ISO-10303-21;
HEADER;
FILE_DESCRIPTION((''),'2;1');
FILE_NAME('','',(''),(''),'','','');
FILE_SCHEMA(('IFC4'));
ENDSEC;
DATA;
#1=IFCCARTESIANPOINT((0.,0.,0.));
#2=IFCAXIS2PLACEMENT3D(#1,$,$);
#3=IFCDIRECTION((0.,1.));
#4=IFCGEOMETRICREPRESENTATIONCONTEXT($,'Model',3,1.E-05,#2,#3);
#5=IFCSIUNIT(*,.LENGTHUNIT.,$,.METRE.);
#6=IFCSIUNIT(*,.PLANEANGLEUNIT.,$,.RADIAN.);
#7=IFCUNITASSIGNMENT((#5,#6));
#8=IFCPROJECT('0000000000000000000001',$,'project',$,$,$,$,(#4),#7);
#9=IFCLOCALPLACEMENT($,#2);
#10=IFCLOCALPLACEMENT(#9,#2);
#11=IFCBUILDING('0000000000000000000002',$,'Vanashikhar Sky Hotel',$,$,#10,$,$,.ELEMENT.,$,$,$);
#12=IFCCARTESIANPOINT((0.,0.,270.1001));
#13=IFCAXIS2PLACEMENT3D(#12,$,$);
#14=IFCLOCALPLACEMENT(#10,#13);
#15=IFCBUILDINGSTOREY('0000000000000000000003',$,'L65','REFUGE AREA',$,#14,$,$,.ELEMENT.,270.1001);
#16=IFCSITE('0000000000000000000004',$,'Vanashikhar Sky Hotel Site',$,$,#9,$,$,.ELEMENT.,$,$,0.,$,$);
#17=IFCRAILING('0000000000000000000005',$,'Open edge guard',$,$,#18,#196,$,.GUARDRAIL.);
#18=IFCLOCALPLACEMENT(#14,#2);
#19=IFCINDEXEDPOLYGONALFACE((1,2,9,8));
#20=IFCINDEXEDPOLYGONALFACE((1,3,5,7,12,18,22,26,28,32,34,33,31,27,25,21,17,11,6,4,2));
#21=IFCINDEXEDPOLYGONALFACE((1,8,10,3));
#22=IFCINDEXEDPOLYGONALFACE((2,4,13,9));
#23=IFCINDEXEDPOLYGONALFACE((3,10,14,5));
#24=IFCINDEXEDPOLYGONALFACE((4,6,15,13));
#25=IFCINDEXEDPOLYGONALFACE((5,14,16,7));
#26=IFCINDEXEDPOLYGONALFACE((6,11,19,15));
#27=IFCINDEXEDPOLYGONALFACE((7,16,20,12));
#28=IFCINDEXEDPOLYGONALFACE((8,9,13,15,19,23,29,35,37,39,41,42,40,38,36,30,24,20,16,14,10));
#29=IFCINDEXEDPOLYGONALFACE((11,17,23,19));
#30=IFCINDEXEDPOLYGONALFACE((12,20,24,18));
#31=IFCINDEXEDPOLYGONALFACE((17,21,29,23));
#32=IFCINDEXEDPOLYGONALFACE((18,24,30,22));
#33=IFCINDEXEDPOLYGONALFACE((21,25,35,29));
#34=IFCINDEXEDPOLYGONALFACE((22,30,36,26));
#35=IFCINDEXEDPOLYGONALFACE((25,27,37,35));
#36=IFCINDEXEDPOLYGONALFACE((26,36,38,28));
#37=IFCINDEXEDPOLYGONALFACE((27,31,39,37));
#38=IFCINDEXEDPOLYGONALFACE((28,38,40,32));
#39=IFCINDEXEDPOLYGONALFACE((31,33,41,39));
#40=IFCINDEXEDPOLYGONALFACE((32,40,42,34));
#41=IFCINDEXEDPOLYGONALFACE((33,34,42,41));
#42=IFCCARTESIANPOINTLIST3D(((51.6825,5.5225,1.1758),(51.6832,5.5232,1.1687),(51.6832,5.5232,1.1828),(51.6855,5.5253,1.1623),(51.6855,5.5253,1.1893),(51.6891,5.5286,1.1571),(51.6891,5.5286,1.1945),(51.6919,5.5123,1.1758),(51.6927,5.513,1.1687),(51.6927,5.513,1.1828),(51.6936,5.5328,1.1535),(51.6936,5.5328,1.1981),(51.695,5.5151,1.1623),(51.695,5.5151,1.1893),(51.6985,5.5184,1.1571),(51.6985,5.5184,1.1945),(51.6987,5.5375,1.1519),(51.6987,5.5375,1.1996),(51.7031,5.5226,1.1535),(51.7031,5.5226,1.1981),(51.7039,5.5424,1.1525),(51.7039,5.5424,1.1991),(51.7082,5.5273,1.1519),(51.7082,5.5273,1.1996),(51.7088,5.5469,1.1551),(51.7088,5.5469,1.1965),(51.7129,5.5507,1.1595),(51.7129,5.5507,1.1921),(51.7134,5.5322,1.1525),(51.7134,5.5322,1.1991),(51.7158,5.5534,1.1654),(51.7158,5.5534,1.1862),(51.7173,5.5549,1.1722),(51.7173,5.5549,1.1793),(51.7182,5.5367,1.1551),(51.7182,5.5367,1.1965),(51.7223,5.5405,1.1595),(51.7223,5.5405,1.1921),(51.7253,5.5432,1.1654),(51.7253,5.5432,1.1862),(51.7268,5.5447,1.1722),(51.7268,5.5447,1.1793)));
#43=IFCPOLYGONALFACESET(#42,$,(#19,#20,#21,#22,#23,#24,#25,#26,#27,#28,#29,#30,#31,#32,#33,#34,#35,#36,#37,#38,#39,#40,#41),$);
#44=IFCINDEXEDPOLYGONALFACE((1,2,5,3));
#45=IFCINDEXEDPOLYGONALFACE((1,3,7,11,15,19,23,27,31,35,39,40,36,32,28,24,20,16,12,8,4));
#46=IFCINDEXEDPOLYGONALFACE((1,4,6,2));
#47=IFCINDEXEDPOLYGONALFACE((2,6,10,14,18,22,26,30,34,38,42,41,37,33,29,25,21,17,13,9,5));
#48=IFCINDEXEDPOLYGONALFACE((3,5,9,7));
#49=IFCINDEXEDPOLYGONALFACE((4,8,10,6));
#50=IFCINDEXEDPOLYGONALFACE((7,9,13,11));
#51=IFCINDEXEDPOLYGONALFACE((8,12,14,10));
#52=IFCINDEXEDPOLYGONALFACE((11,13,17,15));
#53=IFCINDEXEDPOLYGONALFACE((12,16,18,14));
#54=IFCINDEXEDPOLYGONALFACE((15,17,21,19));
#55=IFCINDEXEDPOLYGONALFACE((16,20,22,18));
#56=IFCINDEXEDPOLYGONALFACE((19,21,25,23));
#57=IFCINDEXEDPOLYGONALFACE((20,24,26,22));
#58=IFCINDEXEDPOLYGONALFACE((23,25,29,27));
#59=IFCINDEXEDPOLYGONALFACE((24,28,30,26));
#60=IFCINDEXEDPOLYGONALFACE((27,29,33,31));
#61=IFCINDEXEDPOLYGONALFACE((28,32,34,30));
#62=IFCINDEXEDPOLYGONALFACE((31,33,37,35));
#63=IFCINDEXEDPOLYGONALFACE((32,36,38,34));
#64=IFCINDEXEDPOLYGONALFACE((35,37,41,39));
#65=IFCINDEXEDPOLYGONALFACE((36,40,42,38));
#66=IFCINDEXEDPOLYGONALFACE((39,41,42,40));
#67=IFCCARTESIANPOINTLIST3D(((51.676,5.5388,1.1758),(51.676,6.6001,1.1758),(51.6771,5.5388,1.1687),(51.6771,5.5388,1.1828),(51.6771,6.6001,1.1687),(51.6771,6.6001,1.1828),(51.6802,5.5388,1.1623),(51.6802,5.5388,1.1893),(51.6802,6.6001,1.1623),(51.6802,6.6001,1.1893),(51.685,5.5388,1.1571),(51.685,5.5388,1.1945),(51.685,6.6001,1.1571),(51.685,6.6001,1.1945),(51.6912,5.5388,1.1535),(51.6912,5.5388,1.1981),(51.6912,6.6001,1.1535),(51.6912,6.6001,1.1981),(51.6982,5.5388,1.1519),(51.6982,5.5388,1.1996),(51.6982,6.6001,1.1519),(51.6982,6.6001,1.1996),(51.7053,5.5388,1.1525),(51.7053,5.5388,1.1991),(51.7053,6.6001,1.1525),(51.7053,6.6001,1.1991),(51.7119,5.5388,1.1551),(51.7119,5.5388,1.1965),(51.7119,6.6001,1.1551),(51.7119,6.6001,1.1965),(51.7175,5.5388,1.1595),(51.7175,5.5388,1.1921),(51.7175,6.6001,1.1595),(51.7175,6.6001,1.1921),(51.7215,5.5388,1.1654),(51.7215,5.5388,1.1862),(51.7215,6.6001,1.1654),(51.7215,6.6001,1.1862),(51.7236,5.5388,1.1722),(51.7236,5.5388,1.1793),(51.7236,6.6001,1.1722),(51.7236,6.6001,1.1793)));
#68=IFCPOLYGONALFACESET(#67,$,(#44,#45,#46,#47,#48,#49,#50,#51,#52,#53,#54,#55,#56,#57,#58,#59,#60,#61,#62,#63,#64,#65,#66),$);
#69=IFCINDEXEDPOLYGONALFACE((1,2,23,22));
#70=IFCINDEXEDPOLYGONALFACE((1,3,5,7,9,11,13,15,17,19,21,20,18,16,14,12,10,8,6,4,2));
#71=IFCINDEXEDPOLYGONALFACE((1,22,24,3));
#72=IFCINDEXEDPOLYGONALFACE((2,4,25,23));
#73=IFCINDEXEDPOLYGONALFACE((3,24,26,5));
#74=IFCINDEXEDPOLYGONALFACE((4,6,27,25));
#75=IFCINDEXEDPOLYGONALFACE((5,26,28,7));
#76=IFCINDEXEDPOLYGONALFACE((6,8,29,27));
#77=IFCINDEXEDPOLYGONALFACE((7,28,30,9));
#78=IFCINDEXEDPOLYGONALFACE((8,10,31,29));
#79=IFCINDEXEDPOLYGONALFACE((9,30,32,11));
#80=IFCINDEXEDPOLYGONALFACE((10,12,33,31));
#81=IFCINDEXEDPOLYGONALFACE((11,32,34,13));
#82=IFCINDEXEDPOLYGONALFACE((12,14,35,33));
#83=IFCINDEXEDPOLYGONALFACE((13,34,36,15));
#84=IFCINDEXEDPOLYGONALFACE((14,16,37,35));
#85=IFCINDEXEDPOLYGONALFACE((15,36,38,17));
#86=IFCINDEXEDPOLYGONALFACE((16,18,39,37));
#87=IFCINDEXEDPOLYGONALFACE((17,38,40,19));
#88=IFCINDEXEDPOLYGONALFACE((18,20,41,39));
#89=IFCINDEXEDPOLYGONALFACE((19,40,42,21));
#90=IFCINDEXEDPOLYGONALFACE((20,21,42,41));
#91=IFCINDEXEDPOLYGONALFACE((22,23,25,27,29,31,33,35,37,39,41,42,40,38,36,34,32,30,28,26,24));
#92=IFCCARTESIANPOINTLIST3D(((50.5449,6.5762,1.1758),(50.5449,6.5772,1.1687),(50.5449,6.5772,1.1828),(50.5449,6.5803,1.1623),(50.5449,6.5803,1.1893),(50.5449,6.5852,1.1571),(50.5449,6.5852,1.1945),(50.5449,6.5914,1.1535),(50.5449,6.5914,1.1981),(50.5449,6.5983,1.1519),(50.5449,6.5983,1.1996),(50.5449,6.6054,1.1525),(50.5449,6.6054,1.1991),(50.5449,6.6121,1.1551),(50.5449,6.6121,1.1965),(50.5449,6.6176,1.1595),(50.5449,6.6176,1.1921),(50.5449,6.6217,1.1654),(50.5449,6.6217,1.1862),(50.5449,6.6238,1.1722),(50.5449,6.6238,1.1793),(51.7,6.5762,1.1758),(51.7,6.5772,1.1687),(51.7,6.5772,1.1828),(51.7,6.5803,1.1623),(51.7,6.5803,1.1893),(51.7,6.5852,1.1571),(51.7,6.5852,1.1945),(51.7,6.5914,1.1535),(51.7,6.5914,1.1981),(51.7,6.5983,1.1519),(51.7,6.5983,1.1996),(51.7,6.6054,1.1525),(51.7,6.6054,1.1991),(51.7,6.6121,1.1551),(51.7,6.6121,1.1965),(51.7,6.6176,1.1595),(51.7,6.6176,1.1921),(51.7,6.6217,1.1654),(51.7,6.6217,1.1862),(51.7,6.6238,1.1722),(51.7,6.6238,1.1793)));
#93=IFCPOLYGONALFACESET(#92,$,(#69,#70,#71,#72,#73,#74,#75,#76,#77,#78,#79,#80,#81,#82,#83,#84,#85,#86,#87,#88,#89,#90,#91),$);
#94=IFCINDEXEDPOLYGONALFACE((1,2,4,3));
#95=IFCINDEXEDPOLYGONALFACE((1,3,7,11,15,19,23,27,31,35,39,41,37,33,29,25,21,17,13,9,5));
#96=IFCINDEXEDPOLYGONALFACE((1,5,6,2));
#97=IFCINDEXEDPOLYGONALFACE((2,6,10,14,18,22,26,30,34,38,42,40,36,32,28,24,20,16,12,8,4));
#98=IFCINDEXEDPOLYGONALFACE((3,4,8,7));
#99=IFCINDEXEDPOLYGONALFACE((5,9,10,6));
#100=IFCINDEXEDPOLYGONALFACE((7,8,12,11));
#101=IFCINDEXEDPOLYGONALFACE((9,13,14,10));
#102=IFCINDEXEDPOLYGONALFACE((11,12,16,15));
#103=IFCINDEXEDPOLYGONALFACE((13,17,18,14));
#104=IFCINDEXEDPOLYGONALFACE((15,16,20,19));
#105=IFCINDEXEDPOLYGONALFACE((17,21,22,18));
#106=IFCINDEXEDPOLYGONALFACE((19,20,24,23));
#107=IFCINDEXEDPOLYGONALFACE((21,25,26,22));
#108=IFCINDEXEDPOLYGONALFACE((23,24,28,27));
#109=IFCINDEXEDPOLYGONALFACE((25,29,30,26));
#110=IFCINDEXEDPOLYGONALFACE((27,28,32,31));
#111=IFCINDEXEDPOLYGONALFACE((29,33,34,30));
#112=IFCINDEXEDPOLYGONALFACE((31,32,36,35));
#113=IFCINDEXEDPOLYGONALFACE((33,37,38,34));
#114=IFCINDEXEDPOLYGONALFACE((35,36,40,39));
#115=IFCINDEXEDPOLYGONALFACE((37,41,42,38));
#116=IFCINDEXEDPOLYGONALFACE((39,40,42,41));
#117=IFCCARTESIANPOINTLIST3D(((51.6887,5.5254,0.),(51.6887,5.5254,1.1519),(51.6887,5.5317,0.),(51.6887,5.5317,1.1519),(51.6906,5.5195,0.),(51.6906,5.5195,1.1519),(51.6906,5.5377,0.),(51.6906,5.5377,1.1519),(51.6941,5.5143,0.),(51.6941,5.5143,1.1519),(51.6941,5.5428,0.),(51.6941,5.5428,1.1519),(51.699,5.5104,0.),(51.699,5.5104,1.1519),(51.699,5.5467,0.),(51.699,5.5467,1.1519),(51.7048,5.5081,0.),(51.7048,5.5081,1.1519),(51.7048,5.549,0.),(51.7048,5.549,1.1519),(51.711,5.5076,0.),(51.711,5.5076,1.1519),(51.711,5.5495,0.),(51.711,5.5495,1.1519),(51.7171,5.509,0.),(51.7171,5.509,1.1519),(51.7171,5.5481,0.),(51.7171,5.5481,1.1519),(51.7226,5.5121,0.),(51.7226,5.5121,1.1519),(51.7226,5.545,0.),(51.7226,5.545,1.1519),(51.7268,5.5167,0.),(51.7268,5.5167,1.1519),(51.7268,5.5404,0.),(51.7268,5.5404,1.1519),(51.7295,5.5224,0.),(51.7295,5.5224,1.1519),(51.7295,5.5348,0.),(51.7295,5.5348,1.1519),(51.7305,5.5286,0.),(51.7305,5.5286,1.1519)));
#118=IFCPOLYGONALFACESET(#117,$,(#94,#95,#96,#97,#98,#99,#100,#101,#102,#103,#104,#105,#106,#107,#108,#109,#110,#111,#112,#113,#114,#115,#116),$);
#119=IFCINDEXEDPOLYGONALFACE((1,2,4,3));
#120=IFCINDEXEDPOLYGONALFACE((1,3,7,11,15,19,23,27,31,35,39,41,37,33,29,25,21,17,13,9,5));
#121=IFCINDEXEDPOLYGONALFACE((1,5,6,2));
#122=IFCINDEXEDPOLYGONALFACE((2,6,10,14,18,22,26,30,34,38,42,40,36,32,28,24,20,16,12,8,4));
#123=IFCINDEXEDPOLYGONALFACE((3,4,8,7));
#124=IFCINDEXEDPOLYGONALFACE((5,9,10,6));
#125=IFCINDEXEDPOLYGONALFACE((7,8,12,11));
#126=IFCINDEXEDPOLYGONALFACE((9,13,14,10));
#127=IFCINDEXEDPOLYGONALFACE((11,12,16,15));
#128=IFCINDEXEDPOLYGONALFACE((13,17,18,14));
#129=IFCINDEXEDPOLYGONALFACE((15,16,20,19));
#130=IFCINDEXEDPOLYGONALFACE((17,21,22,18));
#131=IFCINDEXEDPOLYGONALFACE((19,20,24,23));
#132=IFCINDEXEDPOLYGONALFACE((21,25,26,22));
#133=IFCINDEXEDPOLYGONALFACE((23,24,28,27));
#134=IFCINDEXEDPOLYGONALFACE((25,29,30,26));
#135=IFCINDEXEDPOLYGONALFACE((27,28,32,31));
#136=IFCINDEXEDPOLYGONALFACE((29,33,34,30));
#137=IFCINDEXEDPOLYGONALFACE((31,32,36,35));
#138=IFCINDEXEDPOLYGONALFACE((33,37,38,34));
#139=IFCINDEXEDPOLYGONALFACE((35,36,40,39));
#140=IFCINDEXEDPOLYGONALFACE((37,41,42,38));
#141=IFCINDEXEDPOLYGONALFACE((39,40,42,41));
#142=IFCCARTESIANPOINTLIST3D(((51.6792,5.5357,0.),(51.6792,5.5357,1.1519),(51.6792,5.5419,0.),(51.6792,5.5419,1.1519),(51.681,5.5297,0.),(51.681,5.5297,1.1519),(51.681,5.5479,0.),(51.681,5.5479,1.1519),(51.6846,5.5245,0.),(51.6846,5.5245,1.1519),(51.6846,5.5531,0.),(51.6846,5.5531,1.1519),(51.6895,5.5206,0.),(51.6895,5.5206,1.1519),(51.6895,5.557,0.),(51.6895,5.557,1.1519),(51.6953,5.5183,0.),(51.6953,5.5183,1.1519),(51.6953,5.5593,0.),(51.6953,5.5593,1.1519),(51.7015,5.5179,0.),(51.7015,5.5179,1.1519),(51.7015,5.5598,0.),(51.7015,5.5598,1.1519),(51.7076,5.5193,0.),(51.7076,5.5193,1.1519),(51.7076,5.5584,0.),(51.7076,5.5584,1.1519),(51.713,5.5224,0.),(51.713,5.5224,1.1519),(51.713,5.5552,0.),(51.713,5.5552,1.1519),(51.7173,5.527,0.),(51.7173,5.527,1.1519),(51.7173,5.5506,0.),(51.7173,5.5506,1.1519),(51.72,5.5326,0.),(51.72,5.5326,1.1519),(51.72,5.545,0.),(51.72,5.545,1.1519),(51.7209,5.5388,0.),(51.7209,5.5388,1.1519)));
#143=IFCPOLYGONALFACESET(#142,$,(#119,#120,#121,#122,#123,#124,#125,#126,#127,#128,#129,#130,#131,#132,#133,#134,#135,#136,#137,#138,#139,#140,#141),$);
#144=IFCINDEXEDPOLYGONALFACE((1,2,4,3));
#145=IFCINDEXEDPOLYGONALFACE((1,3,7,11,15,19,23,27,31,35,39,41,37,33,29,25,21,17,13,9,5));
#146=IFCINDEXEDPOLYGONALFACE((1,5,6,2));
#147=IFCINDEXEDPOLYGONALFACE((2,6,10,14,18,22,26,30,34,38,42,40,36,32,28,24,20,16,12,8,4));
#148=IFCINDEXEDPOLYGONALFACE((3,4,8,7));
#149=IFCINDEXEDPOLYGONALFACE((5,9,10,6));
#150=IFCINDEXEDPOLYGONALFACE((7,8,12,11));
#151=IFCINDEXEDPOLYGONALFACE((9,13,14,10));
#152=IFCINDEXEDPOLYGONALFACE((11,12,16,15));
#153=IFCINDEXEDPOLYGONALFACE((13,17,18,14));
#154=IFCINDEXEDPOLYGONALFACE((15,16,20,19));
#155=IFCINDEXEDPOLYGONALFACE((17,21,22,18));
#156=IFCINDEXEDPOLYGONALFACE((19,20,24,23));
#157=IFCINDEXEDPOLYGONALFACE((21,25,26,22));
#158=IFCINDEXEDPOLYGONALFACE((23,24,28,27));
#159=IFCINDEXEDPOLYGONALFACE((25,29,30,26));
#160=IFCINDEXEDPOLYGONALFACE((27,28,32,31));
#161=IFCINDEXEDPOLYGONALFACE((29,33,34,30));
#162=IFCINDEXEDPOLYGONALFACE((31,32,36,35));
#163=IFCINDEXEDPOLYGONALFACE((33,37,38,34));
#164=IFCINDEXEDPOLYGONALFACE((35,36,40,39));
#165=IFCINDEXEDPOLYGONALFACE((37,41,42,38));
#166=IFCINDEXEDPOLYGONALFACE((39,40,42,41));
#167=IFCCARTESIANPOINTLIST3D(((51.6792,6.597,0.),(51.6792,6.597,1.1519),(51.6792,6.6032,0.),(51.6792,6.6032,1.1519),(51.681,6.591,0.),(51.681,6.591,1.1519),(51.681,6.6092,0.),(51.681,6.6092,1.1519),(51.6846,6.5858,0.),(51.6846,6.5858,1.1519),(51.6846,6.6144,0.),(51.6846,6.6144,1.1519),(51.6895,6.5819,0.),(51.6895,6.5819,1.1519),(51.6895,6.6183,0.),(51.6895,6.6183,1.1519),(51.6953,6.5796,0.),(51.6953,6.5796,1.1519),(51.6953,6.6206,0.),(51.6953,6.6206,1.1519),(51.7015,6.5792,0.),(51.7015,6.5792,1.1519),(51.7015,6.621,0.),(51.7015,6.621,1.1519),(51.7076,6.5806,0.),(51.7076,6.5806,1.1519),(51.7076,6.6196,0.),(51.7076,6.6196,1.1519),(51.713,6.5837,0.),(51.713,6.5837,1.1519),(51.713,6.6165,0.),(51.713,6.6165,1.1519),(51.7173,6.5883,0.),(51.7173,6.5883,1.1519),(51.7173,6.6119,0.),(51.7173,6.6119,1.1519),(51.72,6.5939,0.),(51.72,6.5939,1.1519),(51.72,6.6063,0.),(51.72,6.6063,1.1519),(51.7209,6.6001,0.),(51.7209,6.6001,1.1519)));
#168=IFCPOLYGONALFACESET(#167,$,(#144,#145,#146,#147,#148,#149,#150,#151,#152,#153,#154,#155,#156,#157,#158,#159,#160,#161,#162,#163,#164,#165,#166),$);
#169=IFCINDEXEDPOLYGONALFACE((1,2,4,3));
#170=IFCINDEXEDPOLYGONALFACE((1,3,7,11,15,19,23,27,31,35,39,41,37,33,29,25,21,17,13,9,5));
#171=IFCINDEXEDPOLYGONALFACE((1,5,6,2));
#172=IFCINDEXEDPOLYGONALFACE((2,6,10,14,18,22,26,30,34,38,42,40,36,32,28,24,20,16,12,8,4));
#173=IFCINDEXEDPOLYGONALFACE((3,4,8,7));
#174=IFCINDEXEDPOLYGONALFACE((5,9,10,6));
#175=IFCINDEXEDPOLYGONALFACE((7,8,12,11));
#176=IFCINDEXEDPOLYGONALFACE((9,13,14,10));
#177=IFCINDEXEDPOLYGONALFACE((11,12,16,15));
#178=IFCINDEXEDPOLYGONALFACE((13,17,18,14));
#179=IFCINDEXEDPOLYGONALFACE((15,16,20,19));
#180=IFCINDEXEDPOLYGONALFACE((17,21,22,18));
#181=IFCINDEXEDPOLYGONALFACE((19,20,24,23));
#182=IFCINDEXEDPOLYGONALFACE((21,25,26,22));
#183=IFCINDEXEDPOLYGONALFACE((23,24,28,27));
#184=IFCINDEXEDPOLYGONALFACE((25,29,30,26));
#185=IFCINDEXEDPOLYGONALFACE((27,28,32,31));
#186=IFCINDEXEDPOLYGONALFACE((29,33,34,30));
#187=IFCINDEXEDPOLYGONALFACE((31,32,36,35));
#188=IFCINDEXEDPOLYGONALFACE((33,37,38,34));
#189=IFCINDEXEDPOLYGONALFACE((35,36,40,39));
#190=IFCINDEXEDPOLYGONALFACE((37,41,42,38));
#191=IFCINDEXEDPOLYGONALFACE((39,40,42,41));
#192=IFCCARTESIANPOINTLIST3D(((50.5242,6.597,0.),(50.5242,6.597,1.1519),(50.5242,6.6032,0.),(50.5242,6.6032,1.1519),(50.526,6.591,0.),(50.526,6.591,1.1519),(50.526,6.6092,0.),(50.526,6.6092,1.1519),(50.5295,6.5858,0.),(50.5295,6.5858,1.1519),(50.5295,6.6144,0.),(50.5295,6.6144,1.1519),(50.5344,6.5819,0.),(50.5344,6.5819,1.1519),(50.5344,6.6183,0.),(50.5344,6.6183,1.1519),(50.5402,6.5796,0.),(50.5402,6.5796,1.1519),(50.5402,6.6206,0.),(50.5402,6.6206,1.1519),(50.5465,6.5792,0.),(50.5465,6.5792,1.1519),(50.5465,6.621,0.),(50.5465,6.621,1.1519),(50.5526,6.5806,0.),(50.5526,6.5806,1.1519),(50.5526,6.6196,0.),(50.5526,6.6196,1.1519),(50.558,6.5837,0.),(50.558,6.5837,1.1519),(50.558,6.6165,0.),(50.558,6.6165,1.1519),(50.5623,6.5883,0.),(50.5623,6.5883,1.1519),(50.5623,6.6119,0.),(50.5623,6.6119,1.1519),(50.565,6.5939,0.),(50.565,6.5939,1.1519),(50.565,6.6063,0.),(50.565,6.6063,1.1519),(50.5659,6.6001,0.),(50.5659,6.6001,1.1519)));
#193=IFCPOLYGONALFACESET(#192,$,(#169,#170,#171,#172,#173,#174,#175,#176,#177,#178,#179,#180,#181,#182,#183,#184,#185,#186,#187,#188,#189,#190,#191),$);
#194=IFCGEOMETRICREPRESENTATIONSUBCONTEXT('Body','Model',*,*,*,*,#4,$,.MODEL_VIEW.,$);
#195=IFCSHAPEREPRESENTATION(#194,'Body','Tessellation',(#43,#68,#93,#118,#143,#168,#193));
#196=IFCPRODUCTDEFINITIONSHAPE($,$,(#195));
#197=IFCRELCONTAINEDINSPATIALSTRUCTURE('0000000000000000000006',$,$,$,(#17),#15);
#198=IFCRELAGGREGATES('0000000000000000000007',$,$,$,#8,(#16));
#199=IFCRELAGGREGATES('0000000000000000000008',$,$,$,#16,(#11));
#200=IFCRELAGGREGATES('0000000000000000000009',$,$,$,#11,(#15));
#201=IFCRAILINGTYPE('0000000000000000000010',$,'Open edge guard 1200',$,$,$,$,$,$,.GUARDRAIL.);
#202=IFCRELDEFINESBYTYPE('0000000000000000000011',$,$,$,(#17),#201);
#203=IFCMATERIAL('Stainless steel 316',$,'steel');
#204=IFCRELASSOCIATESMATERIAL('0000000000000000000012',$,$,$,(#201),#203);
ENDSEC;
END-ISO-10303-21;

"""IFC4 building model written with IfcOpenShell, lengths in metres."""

from ifc_helpers import new_model, si_unit, direction, frame, origin, origin_2d, place, context, subcontext, project, spatial, circle, extrude, source, transform, mapped, material, type_object, element, save


model = new_model("IFC4")

# Units and contexts
model_context = context("Model", 3, precision=1e-05, world=origin(), true_north=direction((0.0, 1.0)))
body_context = subcontext(model_context, "Body", "Model", "MODEL_VIEW")
ifc_project = project(units=[si_unit("LENGTHUNIT", "METRE"), si_unit("PLANEANGLEUNIT", "RADIAN")], contexts=[model_context])

# Site, building, storey
site_placement = place(None, origin())
site = spatial("IfcSite", under=ifc_project, at=site_placement, Name="Vanashikhar Sky Hotel Site", CompositionType="ELEMENT", RefElevation=0.0)
building_placement = place(site_placement, origin())
building = spatial("IfcBuilding", under=site, at=building_placement, Name="Vanashikhar Sky Hotel", CompositionType="ELEMENT")
storey_placement = place(building_placement, frame((0.0, 0.0, 270.1001)))
storey = spatial("IfcBuildingStorey", under=building, at=storey_placement, Name="L65", Description="REFUGE AREA", CompositionType="ELEMENT", Elevation=270.1001)

# Railing
ifc_material_1 = material(Name="Stainless steel 316", Category="steel")
railing_type = type_object("IfcRailingType", Name="Open edge guard 1200", PredefinedType="GUARDRAIL", material=ifc_material_1)
shared_shape_1 = source(origin(), body_context, "Body", "SweptSolid", [
    extrude(circle(Radius=0.0239, at=origin_2d()), frame((0.0, 0.0, 1.1758), z_axis=(-0.680451, 0.732793, 0.0), x_axis=(-0.732793, -0.680451, 0.0)), (0.0, 0.0, 1.0), 0.0139),
    extrude(circle(Radius=0.0239, at=origin_2d()), frame((-0.0095, 0.0103, 1.1758), z_axis=(0.0, 1.0, 0.0), x_axis=(-1.0, 0.0, 0.0)), (0.0, 0.0, 1.0), 1.0613),
    extrude(circle(Radius=0.0239, at=origin_2d()), frame((-0.0095, 1.0715, 1.1758), z_axis=(-1.0, 0.0, 0.0), x_axis=(0.0, -1.0, 0.0)), (0.0, 0.0, 1.0), 1.155),
    extrude(circle(Radius=0.021, at=origin_2d()), origin(), (0.0, 0.0, 1.0), 1.1519),
    extrude(circle(Radius=0.021, at=origin_2d()), frame((-0.0095, 0.0103, 0.0)), (0.0, 0.0, 1.0), 1.1519),
    extrude(circle(Radius=0.021, at=origin_2d()), frame((-0.0095, 1.0715, 0.0)), (0.0, 0.0, 1.0), 1.1519),
    extrude(circle(Radius=0.021, at=origin_2d()), frame((-1.1646, 1.0715, 0.0)), (0.0, 0.0, 1.0), 1.1519),
])
railing_1_placement = place(storey_placement, frame((51.7095, 5.5286, 0.0)))
element("IfcRailing", 1, at=railing_1_placement, inside=storey, type_object=railing_type, Name="Open edge guard", PredefinedType="GUARDRAIL", context=body_context, shape_type="MappedRepresentation", body=[
    mapped(shared_shape_1, transform((0.0, 0.0, 0.0), scale=1.0)),
])

save(model, "model.ifc")
